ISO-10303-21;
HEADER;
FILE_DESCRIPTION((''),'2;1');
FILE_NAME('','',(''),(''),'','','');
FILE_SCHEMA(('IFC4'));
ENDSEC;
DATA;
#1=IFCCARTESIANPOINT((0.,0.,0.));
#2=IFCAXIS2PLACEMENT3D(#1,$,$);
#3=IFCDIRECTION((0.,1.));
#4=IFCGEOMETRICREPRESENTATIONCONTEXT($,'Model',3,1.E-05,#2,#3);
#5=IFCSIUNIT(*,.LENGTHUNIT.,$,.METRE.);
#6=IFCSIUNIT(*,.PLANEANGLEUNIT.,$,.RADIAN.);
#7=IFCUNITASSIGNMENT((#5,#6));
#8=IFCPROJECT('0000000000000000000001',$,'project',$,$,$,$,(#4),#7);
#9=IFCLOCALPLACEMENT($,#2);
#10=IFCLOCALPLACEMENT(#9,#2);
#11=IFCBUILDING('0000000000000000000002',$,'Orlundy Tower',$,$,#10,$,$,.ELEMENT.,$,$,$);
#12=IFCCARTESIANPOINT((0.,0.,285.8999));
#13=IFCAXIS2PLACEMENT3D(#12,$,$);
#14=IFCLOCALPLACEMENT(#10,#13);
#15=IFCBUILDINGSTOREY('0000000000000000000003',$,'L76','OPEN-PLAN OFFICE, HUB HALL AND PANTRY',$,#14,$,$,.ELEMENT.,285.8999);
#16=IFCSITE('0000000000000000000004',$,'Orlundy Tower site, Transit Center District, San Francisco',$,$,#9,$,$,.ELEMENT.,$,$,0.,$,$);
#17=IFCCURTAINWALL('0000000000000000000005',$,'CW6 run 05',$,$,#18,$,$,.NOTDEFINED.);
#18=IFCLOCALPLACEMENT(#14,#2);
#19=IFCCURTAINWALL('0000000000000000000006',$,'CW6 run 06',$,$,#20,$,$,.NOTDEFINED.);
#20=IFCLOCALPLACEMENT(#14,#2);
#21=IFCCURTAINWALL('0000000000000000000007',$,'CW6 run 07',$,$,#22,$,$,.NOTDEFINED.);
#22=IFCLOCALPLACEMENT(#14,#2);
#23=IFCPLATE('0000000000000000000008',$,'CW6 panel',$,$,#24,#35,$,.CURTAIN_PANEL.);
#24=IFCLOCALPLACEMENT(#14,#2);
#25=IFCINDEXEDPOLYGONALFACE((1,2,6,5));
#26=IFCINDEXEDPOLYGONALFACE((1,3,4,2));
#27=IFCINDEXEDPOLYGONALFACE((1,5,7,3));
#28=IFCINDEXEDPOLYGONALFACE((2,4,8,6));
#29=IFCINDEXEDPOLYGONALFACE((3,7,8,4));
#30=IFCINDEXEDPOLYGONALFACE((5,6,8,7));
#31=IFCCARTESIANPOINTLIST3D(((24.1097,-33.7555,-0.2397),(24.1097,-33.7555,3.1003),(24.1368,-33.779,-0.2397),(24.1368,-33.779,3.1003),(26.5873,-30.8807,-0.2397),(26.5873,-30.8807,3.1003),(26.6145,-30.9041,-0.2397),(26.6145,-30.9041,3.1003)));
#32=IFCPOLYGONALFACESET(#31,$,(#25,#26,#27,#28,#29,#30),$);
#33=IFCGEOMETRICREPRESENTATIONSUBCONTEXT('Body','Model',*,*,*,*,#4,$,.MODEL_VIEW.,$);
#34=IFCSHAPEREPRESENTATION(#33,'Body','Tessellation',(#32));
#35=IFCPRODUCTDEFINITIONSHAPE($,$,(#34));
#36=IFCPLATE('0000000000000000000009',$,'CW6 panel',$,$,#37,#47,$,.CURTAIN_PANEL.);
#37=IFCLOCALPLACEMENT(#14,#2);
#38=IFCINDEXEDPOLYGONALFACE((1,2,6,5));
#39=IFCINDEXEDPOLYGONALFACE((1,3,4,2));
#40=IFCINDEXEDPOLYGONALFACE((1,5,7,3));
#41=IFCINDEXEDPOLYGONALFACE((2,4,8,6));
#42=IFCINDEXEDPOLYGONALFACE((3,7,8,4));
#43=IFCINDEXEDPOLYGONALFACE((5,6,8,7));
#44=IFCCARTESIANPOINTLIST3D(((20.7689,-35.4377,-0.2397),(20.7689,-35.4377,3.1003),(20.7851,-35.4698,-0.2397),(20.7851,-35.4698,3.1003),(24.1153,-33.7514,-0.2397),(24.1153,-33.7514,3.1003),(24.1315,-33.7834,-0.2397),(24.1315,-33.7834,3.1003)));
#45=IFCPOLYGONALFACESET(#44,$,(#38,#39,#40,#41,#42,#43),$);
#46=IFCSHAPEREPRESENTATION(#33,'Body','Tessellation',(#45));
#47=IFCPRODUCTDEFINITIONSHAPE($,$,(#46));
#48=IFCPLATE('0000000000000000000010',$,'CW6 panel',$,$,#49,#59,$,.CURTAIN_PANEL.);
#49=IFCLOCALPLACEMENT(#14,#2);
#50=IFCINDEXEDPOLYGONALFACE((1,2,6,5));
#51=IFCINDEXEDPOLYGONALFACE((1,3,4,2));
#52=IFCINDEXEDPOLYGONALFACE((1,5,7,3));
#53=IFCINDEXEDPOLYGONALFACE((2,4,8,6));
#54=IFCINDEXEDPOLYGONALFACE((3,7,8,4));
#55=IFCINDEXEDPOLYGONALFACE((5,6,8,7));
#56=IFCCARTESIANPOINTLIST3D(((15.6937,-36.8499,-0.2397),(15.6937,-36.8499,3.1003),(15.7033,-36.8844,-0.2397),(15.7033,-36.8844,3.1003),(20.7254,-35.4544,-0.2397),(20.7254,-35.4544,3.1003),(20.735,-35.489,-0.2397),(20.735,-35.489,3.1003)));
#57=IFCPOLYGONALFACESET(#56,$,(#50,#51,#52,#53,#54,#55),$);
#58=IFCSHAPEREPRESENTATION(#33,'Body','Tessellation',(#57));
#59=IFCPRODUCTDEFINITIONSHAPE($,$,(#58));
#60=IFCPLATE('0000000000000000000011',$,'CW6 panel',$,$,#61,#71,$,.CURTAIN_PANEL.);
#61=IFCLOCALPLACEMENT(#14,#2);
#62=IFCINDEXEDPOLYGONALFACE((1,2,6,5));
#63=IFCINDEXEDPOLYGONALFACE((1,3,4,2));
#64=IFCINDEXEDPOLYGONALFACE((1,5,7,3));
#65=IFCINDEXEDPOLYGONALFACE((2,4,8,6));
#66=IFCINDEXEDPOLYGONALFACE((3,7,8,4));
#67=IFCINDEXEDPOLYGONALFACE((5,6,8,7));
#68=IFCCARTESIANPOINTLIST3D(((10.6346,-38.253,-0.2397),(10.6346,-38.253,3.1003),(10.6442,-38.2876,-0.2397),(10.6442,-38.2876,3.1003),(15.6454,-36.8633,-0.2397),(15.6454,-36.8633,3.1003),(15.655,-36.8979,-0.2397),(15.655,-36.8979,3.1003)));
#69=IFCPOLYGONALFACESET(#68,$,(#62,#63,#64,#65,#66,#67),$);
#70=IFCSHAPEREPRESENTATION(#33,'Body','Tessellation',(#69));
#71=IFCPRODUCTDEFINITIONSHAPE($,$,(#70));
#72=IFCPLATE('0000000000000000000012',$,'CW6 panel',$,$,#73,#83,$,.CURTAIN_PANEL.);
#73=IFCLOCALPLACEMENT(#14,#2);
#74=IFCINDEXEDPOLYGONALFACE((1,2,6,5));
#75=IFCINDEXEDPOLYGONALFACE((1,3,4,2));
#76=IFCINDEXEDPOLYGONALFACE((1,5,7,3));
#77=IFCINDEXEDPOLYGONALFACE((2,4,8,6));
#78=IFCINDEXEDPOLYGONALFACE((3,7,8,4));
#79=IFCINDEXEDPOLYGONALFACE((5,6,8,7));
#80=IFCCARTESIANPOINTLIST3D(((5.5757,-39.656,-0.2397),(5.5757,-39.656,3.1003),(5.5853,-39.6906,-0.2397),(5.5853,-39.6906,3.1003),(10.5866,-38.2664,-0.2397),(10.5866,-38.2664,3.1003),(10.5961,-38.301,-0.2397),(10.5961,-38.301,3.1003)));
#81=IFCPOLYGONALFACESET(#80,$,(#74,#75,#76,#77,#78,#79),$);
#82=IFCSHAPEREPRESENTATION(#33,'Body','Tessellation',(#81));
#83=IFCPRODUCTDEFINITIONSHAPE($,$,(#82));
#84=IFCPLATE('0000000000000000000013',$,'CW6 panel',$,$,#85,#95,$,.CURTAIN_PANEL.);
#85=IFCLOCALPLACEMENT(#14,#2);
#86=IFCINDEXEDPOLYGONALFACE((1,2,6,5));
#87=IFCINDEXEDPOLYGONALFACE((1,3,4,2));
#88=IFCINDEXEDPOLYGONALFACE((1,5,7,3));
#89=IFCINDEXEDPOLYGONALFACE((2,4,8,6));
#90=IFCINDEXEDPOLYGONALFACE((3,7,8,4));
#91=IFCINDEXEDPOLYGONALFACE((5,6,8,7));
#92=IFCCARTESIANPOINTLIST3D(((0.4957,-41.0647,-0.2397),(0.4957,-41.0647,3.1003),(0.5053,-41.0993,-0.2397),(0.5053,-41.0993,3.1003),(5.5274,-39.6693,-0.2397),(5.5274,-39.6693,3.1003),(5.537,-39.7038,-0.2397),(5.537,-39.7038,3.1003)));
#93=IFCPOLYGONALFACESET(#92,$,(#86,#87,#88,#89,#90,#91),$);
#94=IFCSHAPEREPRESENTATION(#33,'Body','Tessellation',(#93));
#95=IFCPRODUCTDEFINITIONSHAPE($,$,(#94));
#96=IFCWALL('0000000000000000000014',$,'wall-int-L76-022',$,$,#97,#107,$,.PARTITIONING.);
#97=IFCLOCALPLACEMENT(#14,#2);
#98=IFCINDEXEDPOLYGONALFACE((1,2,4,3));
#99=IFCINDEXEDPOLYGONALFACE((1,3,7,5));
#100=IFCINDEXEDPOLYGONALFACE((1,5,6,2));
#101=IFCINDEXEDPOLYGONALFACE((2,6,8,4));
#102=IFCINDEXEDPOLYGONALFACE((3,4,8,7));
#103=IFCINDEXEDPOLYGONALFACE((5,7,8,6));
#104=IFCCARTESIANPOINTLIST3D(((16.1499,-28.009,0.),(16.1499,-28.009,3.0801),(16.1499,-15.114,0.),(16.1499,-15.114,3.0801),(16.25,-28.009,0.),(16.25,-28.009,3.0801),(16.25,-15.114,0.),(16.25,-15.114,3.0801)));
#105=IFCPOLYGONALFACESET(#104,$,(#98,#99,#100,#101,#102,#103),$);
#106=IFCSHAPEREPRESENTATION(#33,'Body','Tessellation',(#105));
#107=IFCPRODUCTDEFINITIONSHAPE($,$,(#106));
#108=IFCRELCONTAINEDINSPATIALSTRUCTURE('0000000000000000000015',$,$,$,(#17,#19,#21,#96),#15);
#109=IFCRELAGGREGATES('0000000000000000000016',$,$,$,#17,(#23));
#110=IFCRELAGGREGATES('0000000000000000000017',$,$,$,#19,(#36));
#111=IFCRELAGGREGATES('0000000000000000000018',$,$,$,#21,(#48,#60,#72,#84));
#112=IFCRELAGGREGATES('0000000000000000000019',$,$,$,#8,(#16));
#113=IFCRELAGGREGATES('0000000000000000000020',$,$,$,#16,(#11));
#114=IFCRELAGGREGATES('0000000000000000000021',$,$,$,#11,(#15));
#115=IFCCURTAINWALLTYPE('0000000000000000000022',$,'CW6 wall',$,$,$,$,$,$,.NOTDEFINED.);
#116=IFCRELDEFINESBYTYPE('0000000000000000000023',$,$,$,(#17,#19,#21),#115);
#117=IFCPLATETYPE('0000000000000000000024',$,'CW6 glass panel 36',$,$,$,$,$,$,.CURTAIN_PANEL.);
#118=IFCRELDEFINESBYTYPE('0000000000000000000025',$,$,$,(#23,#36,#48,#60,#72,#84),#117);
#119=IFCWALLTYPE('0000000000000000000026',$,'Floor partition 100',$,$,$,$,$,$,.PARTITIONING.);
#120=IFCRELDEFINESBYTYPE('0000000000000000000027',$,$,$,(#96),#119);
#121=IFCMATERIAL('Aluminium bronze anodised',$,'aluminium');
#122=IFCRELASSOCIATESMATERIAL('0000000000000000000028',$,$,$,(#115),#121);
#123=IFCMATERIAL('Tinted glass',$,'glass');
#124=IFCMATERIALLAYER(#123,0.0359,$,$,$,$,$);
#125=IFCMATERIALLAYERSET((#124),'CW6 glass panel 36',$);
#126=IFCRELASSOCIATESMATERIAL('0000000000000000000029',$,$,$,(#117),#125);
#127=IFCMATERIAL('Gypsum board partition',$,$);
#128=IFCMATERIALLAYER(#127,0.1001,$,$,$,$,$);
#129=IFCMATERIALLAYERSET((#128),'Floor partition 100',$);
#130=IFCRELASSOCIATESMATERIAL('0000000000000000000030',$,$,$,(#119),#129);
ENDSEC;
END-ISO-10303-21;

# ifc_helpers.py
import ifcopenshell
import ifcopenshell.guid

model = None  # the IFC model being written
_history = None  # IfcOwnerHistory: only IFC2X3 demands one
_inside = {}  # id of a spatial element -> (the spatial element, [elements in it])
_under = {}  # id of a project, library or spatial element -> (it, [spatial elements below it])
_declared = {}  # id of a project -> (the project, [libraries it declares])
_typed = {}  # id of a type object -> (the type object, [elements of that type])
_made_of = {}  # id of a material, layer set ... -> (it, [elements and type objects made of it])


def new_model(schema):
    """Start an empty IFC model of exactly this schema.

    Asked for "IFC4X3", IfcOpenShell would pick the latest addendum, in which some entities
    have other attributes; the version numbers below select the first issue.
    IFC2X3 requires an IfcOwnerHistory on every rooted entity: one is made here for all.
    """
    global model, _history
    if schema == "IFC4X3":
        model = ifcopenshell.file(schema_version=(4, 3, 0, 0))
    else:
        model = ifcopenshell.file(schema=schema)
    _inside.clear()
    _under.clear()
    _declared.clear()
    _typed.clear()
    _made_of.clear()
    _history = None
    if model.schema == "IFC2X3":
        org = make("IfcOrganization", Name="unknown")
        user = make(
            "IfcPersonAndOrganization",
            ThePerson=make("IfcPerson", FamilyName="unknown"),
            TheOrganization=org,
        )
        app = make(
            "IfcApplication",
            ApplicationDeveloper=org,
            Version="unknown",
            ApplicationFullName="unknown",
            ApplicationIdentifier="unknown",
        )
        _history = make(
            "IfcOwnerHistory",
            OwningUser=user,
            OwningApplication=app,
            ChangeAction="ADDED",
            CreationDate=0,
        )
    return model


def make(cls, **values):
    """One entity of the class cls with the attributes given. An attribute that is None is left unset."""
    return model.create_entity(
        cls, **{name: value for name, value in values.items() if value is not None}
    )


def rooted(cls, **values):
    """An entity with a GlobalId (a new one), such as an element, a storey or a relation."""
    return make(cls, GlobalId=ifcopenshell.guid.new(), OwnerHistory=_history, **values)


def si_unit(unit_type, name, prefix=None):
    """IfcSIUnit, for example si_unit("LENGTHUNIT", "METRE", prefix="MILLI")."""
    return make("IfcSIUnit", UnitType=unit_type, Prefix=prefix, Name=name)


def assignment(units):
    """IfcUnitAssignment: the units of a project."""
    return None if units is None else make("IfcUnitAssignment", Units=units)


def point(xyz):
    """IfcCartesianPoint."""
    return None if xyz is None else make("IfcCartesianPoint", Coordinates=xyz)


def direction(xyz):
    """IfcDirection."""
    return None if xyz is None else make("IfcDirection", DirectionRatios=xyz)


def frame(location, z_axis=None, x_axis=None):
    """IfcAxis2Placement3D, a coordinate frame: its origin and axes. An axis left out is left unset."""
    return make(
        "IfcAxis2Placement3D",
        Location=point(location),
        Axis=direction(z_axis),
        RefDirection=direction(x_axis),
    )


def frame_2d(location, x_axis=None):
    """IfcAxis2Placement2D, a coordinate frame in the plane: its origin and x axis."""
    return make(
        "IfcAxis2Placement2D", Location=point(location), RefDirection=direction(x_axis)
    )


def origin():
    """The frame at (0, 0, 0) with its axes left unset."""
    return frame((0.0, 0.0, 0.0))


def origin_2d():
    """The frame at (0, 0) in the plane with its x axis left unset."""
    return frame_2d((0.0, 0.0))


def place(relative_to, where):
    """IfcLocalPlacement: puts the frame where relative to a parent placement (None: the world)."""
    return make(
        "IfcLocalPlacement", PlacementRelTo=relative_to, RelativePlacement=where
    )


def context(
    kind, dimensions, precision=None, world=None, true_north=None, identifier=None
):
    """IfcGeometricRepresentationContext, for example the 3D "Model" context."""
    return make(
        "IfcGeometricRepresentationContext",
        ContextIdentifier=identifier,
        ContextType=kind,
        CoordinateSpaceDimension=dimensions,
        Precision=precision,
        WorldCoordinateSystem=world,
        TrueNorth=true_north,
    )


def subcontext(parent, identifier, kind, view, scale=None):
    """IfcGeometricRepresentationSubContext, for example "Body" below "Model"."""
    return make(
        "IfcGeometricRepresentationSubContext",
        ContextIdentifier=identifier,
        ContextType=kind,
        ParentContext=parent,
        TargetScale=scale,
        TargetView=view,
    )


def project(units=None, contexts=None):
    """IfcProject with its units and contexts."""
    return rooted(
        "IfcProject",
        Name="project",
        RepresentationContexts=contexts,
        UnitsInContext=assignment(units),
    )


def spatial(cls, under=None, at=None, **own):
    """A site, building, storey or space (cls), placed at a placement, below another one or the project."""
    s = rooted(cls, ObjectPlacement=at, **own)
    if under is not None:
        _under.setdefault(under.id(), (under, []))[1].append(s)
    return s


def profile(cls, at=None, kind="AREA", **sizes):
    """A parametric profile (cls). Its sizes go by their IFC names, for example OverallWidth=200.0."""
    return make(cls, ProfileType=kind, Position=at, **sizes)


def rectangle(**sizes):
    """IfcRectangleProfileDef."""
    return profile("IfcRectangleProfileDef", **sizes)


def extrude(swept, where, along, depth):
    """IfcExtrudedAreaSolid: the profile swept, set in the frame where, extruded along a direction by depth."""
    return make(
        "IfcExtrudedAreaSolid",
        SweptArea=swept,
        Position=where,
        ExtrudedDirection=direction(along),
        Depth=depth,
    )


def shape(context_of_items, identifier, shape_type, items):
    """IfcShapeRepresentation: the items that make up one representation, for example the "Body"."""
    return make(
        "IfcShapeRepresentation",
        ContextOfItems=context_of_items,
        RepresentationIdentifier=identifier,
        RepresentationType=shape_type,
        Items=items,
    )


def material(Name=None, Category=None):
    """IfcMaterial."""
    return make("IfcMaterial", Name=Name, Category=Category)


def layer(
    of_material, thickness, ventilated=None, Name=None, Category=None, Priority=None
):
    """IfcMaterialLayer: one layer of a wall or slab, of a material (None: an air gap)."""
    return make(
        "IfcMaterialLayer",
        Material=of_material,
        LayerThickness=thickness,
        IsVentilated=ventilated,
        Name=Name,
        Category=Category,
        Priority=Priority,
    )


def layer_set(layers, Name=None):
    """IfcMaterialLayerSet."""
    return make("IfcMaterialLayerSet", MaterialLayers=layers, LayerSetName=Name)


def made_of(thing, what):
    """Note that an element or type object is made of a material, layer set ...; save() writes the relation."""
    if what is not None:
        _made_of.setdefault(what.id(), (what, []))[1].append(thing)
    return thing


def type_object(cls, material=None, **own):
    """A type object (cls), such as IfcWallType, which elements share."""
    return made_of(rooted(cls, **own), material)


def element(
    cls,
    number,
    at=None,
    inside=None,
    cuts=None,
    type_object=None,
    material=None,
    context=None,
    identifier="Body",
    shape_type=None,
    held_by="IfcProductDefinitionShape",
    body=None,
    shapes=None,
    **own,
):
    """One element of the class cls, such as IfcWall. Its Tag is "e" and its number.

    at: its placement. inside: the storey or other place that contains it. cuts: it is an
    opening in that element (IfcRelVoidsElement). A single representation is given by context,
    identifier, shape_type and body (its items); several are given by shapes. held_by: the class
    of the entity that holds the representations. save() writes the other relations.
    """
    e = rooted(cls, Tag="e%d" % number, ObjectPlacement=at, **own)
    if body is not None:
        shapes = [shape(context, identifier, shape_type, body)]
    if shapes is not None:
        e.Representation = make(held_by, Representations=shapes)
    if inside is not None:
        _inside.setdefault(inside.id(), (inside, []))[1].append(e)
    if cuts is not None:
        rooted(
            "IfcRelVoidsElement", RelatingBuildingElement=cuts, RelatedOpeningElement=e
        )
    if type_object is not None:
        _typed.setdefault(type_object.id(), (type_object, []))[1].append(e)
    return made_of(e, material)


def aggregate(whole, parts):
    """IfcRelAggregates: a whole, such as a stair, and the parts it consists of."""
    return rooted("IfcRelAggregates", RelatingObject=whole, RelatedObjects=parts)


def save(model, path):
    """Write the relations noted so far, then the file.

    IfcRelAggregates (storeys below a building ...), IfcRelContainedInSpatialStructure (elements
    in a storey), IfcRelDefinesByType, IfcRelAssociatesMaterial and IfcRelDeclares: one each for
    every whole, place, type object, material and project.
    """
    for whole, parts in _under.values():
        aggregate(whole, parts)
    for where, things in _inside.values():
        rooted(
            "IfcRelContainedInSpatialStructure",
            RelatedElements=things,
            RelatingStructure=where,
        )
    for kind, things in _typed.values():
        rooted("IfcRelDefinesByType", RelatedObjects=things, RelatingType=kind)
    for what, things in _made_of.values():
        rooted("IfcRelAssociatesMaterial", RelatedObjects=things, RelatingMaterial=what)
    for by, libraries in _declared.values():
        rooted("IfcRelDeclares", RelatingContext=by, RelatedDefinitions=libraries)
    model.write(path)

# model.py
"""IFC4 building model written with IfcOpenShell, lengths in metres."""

from ifc_helpers import new_model, si_unit, direction, frame, frame_2d, origin, origin_2d, place, context, subcontext, project, spatial, rectangle, extrude, material, layer, layer_set, type_object, element, aggregate, save


model = new_model("IFC4")

# Units and contexts
model_context = context("Model", 3, precision=1e-05, world=origin(), true_north=direction((0.0, 1.0)))
body_context = subcontext(model_context, "Body", "Model", "MODEL_VIEW")
ifc_project = project(units=[si_unit("LENGTHUNIT", "METRE"), si_unit("PLANEANGLEUNIT", "RADIAN")], contexts=[model_context])

# Site, building, storey
site_placement = place(None, origin())
site = spatial("IfcSite", under=ifc_project, at=site_placement, Name="Orlundy Tower site, Transit Center District, San Francisco", CompositionType="ELEMENT", RefElevation=0.0)
building_placement = place(site_placement, origin())
building = spatial("IfcBuilding", under=site, at=building_placement, Name="Orlundy Tower", CompositionType="ELEMENT")
storey_placement = place(building_placement, frame((0.0, 0.0, 285.8999)))
storey = spatial("IfcBuildingStorey", under=building, at=storey_placement, Name="L76", Description="OPEN-PLAN OFFICE, HUB HALL AND PANTRY", CompositionType="ELEMENT", Elevation=285.8999)

# Curtain walls
ifc_material_1 = material(Name="Aluminium bronze anodised", Category="aluminium")
curtain_wall_type = type_object("IfcCurtainWallType", Name="CW6 wall", PredefinedType="NOTDEFINED", material=ifc_material_1)
curtain_wall_1_placement = place(storey_placement, origin())
curtain_wall_1 = element("IfcCurtainWall", 1, at=curtain_wall_1_placement, inside=storey, type_object=curtain_wall_type, Name="CW6 run 05", PredefinedType="NOTDEFINED")
curtain_wall_2_placement = place(storey_placement, origin())
curtain_wall_2 = element("IfcCurtainWall", 2, at=curtain_wall_2_placement, inside=storey, type_object=curtain_wall_type, Name="CW6 run 06", PredefinedType="NOTDEFINED")

# Curtain wall
curtain_wall_3_placement = place(storey_placement, origin())
curtain_wall_3 = element("IfcCurtainWall", 3, at=curtain_wall_3_placement, inside=storey, type_object=curtain_wall_type, Name="CW6 run 07", PredefinedType="NOTDEFINED")

# Plates
ifc_material_2 = material(Name="Tinted glass", Category="glass")
ifc_layer_1 = layer(ifc_material_2, 0.0359)
ifc_layer_set_1 = layer_set([ifc_layer_1], Name="CW6 glass panel 36")
plate_type = type_object("IfcPlateType", Name="CW6 glass panel 36", PredefinedType="CURTAIN_PANEL", material=ifc_layer_set_1)
plate_1_placement = place(storey_placement, frame((25.3621, -32.3298, -0.2397), z_axis=(0.0, 0.0, 1.0), x_axis=(-0.652833, -0.757502, 0.0)))
plate_1 = element("IfcPlate", 4, at=plate_1_placement, type_object=plate_type, Name="CW6 panel", PredefinedType="CURTAIN_PANEL", context=body_context, shape_type="SweptSolid", body=[
    extrude(rectangle(XDim=3.7952, YDim=0.0359, at=origin_2d()), origin(), (0.0, 0.0, 1.0), 3.3401),
])
aggregate(curtain_wall_1, [plate_1])
plate_2_placement = place(storey_placement, frame((22.4502, -34.6106, -0.2397), z_axis=(0.0, 0.0, 1.0), x_axis=(-0.89302, -0.450017, 0.0)))
plate_2 = element("IfcPlate", 5, at=plate_2_placement, type_object=plate_type, Name="CW6 panel", PredefinedType="CURTAIN_PANEL", context=body_context, shape_type="SweptSolid", body=[
    extrude(rectangle(XDim=3.7473, YDim=0.0359, at=origin_2d()), origin(), (0.0, 0.0, 1.0), 3.3401),
])
aggregate(curtain_wall_2, [plate_2])
plate_3_placement = place(storey_placement, frame((18.2144, -36.1694, -0.2397), z_axis=(0.0, 0.0, 1.0), x_axis=(-0.96363, -0.267241, 0.0)))
plate_3 = element("IfcPlate", 6, at=plate_3_placement, type_object=plate_type, Name="CW6 panel", PredefinedType="CURTAIN_PANEL", context=body_context, shape_type="SweptSolid", body=[
    extrude(rectangle(XDim=5.2217, YDim=0.0359, at=origin_2d()), origin(), (0.0, 0.0, 1.0), 3.3401),
])
plate_4_placement = place(storey_placement, frame((13.1448, -37.5754, -0.2397), z_axis=(0.0, 0.0, 1.0), x_axis=(-0.96363, -0.267241, 0.0)))
plate_4 = element("IfcPlate", 7, at=plate_4_placement, type_object=plate_type, Name="CW6 panel", PredefinedType="CURTAIN_PANEL", context=body_context, shape_type="SweptSolid", body=[
    extrude(rectangle(XDim=5.2, YDim=0.0359, at=origin_2d()), origin(), (0.0, 0.0, 1.0), 3.3401),
])
plate_5_placement = place(storey_placement, frame((8.0859, -38.9785, -0.2397), z_axis=(0.0, 0.0, 1.0), x_axis=(-0.96363, -0.267241, 0.0)))
plate_5 = element("IfcPlate", 8, at=plate_5_placement, type_object=plate_type, Name="CW6 panel", PredefinedType="CURTAIN_PANEL", context=body_context, shape_type="SweptSolid", body=[
    extrude(rectangle(XDim=5.2, YDim=0.0359, at=origin_2d()), origin(), (0.0, 0.0, 1.0), 3.3401),
])
plate_6_placement = place(storey_placement, frame((3.0164, -40.3843, -0.2397), z_axis=(0.0, 0.0, 1.0), x_axis=(-0.96363, -0.267241, 0.0)))
plate_6 = element("IfcPlate", 9, at=plate_6_placement, type_object=plate_type, Name="CW6 panel", PredefinedType="CURTAIN_PANEL", context=body_context, shape_type="SweptSolid", body=[
    extrude(rectangle(XDim=5.2217, YDim=0.0359, at=origin_2d()), origin(), (0.0, 0.0, 1.0), 3.3401),
])
aggregate(curtain_wall_3, [plate_3, plate_4, plate_5, plate_6])

# Wall
ifc_material_3 = material(Name="Gypsum board partition")
ifc_layer_2 = layer(ifc_material_3, 0.1001)
ifc_layer_set_2 = layer_set([ifc_layer_2], Name="Floor partition 100")
wall_type = type_object("IfcWallType", Name="Floor partition 100", PredefinedType="PARTITIONING", material=ifc_layer_set_2)
wall_placement = place(storey_placement, frame((16.2, -28.009, 0.0), z_axis=(0.0, 0.0, 1.0), x_axis=(0.0, 1.0, 0.0)))
element("IfcWall", 10, at=wall_placement, inside=storey, type_object=wall_type, Name="wall-int-L76-022", PredefinedType="PARTITIONING", context=body_context, shape_type="SweptSolid", body=[
    extrude(rectangle(XDim=12.895, YDim=0.1001, at=frame_2d((6.4475, 0.0))), origin(), (0.0, 0.0, 1.0), 3.0801),
])

save(model, "model.ifc")
